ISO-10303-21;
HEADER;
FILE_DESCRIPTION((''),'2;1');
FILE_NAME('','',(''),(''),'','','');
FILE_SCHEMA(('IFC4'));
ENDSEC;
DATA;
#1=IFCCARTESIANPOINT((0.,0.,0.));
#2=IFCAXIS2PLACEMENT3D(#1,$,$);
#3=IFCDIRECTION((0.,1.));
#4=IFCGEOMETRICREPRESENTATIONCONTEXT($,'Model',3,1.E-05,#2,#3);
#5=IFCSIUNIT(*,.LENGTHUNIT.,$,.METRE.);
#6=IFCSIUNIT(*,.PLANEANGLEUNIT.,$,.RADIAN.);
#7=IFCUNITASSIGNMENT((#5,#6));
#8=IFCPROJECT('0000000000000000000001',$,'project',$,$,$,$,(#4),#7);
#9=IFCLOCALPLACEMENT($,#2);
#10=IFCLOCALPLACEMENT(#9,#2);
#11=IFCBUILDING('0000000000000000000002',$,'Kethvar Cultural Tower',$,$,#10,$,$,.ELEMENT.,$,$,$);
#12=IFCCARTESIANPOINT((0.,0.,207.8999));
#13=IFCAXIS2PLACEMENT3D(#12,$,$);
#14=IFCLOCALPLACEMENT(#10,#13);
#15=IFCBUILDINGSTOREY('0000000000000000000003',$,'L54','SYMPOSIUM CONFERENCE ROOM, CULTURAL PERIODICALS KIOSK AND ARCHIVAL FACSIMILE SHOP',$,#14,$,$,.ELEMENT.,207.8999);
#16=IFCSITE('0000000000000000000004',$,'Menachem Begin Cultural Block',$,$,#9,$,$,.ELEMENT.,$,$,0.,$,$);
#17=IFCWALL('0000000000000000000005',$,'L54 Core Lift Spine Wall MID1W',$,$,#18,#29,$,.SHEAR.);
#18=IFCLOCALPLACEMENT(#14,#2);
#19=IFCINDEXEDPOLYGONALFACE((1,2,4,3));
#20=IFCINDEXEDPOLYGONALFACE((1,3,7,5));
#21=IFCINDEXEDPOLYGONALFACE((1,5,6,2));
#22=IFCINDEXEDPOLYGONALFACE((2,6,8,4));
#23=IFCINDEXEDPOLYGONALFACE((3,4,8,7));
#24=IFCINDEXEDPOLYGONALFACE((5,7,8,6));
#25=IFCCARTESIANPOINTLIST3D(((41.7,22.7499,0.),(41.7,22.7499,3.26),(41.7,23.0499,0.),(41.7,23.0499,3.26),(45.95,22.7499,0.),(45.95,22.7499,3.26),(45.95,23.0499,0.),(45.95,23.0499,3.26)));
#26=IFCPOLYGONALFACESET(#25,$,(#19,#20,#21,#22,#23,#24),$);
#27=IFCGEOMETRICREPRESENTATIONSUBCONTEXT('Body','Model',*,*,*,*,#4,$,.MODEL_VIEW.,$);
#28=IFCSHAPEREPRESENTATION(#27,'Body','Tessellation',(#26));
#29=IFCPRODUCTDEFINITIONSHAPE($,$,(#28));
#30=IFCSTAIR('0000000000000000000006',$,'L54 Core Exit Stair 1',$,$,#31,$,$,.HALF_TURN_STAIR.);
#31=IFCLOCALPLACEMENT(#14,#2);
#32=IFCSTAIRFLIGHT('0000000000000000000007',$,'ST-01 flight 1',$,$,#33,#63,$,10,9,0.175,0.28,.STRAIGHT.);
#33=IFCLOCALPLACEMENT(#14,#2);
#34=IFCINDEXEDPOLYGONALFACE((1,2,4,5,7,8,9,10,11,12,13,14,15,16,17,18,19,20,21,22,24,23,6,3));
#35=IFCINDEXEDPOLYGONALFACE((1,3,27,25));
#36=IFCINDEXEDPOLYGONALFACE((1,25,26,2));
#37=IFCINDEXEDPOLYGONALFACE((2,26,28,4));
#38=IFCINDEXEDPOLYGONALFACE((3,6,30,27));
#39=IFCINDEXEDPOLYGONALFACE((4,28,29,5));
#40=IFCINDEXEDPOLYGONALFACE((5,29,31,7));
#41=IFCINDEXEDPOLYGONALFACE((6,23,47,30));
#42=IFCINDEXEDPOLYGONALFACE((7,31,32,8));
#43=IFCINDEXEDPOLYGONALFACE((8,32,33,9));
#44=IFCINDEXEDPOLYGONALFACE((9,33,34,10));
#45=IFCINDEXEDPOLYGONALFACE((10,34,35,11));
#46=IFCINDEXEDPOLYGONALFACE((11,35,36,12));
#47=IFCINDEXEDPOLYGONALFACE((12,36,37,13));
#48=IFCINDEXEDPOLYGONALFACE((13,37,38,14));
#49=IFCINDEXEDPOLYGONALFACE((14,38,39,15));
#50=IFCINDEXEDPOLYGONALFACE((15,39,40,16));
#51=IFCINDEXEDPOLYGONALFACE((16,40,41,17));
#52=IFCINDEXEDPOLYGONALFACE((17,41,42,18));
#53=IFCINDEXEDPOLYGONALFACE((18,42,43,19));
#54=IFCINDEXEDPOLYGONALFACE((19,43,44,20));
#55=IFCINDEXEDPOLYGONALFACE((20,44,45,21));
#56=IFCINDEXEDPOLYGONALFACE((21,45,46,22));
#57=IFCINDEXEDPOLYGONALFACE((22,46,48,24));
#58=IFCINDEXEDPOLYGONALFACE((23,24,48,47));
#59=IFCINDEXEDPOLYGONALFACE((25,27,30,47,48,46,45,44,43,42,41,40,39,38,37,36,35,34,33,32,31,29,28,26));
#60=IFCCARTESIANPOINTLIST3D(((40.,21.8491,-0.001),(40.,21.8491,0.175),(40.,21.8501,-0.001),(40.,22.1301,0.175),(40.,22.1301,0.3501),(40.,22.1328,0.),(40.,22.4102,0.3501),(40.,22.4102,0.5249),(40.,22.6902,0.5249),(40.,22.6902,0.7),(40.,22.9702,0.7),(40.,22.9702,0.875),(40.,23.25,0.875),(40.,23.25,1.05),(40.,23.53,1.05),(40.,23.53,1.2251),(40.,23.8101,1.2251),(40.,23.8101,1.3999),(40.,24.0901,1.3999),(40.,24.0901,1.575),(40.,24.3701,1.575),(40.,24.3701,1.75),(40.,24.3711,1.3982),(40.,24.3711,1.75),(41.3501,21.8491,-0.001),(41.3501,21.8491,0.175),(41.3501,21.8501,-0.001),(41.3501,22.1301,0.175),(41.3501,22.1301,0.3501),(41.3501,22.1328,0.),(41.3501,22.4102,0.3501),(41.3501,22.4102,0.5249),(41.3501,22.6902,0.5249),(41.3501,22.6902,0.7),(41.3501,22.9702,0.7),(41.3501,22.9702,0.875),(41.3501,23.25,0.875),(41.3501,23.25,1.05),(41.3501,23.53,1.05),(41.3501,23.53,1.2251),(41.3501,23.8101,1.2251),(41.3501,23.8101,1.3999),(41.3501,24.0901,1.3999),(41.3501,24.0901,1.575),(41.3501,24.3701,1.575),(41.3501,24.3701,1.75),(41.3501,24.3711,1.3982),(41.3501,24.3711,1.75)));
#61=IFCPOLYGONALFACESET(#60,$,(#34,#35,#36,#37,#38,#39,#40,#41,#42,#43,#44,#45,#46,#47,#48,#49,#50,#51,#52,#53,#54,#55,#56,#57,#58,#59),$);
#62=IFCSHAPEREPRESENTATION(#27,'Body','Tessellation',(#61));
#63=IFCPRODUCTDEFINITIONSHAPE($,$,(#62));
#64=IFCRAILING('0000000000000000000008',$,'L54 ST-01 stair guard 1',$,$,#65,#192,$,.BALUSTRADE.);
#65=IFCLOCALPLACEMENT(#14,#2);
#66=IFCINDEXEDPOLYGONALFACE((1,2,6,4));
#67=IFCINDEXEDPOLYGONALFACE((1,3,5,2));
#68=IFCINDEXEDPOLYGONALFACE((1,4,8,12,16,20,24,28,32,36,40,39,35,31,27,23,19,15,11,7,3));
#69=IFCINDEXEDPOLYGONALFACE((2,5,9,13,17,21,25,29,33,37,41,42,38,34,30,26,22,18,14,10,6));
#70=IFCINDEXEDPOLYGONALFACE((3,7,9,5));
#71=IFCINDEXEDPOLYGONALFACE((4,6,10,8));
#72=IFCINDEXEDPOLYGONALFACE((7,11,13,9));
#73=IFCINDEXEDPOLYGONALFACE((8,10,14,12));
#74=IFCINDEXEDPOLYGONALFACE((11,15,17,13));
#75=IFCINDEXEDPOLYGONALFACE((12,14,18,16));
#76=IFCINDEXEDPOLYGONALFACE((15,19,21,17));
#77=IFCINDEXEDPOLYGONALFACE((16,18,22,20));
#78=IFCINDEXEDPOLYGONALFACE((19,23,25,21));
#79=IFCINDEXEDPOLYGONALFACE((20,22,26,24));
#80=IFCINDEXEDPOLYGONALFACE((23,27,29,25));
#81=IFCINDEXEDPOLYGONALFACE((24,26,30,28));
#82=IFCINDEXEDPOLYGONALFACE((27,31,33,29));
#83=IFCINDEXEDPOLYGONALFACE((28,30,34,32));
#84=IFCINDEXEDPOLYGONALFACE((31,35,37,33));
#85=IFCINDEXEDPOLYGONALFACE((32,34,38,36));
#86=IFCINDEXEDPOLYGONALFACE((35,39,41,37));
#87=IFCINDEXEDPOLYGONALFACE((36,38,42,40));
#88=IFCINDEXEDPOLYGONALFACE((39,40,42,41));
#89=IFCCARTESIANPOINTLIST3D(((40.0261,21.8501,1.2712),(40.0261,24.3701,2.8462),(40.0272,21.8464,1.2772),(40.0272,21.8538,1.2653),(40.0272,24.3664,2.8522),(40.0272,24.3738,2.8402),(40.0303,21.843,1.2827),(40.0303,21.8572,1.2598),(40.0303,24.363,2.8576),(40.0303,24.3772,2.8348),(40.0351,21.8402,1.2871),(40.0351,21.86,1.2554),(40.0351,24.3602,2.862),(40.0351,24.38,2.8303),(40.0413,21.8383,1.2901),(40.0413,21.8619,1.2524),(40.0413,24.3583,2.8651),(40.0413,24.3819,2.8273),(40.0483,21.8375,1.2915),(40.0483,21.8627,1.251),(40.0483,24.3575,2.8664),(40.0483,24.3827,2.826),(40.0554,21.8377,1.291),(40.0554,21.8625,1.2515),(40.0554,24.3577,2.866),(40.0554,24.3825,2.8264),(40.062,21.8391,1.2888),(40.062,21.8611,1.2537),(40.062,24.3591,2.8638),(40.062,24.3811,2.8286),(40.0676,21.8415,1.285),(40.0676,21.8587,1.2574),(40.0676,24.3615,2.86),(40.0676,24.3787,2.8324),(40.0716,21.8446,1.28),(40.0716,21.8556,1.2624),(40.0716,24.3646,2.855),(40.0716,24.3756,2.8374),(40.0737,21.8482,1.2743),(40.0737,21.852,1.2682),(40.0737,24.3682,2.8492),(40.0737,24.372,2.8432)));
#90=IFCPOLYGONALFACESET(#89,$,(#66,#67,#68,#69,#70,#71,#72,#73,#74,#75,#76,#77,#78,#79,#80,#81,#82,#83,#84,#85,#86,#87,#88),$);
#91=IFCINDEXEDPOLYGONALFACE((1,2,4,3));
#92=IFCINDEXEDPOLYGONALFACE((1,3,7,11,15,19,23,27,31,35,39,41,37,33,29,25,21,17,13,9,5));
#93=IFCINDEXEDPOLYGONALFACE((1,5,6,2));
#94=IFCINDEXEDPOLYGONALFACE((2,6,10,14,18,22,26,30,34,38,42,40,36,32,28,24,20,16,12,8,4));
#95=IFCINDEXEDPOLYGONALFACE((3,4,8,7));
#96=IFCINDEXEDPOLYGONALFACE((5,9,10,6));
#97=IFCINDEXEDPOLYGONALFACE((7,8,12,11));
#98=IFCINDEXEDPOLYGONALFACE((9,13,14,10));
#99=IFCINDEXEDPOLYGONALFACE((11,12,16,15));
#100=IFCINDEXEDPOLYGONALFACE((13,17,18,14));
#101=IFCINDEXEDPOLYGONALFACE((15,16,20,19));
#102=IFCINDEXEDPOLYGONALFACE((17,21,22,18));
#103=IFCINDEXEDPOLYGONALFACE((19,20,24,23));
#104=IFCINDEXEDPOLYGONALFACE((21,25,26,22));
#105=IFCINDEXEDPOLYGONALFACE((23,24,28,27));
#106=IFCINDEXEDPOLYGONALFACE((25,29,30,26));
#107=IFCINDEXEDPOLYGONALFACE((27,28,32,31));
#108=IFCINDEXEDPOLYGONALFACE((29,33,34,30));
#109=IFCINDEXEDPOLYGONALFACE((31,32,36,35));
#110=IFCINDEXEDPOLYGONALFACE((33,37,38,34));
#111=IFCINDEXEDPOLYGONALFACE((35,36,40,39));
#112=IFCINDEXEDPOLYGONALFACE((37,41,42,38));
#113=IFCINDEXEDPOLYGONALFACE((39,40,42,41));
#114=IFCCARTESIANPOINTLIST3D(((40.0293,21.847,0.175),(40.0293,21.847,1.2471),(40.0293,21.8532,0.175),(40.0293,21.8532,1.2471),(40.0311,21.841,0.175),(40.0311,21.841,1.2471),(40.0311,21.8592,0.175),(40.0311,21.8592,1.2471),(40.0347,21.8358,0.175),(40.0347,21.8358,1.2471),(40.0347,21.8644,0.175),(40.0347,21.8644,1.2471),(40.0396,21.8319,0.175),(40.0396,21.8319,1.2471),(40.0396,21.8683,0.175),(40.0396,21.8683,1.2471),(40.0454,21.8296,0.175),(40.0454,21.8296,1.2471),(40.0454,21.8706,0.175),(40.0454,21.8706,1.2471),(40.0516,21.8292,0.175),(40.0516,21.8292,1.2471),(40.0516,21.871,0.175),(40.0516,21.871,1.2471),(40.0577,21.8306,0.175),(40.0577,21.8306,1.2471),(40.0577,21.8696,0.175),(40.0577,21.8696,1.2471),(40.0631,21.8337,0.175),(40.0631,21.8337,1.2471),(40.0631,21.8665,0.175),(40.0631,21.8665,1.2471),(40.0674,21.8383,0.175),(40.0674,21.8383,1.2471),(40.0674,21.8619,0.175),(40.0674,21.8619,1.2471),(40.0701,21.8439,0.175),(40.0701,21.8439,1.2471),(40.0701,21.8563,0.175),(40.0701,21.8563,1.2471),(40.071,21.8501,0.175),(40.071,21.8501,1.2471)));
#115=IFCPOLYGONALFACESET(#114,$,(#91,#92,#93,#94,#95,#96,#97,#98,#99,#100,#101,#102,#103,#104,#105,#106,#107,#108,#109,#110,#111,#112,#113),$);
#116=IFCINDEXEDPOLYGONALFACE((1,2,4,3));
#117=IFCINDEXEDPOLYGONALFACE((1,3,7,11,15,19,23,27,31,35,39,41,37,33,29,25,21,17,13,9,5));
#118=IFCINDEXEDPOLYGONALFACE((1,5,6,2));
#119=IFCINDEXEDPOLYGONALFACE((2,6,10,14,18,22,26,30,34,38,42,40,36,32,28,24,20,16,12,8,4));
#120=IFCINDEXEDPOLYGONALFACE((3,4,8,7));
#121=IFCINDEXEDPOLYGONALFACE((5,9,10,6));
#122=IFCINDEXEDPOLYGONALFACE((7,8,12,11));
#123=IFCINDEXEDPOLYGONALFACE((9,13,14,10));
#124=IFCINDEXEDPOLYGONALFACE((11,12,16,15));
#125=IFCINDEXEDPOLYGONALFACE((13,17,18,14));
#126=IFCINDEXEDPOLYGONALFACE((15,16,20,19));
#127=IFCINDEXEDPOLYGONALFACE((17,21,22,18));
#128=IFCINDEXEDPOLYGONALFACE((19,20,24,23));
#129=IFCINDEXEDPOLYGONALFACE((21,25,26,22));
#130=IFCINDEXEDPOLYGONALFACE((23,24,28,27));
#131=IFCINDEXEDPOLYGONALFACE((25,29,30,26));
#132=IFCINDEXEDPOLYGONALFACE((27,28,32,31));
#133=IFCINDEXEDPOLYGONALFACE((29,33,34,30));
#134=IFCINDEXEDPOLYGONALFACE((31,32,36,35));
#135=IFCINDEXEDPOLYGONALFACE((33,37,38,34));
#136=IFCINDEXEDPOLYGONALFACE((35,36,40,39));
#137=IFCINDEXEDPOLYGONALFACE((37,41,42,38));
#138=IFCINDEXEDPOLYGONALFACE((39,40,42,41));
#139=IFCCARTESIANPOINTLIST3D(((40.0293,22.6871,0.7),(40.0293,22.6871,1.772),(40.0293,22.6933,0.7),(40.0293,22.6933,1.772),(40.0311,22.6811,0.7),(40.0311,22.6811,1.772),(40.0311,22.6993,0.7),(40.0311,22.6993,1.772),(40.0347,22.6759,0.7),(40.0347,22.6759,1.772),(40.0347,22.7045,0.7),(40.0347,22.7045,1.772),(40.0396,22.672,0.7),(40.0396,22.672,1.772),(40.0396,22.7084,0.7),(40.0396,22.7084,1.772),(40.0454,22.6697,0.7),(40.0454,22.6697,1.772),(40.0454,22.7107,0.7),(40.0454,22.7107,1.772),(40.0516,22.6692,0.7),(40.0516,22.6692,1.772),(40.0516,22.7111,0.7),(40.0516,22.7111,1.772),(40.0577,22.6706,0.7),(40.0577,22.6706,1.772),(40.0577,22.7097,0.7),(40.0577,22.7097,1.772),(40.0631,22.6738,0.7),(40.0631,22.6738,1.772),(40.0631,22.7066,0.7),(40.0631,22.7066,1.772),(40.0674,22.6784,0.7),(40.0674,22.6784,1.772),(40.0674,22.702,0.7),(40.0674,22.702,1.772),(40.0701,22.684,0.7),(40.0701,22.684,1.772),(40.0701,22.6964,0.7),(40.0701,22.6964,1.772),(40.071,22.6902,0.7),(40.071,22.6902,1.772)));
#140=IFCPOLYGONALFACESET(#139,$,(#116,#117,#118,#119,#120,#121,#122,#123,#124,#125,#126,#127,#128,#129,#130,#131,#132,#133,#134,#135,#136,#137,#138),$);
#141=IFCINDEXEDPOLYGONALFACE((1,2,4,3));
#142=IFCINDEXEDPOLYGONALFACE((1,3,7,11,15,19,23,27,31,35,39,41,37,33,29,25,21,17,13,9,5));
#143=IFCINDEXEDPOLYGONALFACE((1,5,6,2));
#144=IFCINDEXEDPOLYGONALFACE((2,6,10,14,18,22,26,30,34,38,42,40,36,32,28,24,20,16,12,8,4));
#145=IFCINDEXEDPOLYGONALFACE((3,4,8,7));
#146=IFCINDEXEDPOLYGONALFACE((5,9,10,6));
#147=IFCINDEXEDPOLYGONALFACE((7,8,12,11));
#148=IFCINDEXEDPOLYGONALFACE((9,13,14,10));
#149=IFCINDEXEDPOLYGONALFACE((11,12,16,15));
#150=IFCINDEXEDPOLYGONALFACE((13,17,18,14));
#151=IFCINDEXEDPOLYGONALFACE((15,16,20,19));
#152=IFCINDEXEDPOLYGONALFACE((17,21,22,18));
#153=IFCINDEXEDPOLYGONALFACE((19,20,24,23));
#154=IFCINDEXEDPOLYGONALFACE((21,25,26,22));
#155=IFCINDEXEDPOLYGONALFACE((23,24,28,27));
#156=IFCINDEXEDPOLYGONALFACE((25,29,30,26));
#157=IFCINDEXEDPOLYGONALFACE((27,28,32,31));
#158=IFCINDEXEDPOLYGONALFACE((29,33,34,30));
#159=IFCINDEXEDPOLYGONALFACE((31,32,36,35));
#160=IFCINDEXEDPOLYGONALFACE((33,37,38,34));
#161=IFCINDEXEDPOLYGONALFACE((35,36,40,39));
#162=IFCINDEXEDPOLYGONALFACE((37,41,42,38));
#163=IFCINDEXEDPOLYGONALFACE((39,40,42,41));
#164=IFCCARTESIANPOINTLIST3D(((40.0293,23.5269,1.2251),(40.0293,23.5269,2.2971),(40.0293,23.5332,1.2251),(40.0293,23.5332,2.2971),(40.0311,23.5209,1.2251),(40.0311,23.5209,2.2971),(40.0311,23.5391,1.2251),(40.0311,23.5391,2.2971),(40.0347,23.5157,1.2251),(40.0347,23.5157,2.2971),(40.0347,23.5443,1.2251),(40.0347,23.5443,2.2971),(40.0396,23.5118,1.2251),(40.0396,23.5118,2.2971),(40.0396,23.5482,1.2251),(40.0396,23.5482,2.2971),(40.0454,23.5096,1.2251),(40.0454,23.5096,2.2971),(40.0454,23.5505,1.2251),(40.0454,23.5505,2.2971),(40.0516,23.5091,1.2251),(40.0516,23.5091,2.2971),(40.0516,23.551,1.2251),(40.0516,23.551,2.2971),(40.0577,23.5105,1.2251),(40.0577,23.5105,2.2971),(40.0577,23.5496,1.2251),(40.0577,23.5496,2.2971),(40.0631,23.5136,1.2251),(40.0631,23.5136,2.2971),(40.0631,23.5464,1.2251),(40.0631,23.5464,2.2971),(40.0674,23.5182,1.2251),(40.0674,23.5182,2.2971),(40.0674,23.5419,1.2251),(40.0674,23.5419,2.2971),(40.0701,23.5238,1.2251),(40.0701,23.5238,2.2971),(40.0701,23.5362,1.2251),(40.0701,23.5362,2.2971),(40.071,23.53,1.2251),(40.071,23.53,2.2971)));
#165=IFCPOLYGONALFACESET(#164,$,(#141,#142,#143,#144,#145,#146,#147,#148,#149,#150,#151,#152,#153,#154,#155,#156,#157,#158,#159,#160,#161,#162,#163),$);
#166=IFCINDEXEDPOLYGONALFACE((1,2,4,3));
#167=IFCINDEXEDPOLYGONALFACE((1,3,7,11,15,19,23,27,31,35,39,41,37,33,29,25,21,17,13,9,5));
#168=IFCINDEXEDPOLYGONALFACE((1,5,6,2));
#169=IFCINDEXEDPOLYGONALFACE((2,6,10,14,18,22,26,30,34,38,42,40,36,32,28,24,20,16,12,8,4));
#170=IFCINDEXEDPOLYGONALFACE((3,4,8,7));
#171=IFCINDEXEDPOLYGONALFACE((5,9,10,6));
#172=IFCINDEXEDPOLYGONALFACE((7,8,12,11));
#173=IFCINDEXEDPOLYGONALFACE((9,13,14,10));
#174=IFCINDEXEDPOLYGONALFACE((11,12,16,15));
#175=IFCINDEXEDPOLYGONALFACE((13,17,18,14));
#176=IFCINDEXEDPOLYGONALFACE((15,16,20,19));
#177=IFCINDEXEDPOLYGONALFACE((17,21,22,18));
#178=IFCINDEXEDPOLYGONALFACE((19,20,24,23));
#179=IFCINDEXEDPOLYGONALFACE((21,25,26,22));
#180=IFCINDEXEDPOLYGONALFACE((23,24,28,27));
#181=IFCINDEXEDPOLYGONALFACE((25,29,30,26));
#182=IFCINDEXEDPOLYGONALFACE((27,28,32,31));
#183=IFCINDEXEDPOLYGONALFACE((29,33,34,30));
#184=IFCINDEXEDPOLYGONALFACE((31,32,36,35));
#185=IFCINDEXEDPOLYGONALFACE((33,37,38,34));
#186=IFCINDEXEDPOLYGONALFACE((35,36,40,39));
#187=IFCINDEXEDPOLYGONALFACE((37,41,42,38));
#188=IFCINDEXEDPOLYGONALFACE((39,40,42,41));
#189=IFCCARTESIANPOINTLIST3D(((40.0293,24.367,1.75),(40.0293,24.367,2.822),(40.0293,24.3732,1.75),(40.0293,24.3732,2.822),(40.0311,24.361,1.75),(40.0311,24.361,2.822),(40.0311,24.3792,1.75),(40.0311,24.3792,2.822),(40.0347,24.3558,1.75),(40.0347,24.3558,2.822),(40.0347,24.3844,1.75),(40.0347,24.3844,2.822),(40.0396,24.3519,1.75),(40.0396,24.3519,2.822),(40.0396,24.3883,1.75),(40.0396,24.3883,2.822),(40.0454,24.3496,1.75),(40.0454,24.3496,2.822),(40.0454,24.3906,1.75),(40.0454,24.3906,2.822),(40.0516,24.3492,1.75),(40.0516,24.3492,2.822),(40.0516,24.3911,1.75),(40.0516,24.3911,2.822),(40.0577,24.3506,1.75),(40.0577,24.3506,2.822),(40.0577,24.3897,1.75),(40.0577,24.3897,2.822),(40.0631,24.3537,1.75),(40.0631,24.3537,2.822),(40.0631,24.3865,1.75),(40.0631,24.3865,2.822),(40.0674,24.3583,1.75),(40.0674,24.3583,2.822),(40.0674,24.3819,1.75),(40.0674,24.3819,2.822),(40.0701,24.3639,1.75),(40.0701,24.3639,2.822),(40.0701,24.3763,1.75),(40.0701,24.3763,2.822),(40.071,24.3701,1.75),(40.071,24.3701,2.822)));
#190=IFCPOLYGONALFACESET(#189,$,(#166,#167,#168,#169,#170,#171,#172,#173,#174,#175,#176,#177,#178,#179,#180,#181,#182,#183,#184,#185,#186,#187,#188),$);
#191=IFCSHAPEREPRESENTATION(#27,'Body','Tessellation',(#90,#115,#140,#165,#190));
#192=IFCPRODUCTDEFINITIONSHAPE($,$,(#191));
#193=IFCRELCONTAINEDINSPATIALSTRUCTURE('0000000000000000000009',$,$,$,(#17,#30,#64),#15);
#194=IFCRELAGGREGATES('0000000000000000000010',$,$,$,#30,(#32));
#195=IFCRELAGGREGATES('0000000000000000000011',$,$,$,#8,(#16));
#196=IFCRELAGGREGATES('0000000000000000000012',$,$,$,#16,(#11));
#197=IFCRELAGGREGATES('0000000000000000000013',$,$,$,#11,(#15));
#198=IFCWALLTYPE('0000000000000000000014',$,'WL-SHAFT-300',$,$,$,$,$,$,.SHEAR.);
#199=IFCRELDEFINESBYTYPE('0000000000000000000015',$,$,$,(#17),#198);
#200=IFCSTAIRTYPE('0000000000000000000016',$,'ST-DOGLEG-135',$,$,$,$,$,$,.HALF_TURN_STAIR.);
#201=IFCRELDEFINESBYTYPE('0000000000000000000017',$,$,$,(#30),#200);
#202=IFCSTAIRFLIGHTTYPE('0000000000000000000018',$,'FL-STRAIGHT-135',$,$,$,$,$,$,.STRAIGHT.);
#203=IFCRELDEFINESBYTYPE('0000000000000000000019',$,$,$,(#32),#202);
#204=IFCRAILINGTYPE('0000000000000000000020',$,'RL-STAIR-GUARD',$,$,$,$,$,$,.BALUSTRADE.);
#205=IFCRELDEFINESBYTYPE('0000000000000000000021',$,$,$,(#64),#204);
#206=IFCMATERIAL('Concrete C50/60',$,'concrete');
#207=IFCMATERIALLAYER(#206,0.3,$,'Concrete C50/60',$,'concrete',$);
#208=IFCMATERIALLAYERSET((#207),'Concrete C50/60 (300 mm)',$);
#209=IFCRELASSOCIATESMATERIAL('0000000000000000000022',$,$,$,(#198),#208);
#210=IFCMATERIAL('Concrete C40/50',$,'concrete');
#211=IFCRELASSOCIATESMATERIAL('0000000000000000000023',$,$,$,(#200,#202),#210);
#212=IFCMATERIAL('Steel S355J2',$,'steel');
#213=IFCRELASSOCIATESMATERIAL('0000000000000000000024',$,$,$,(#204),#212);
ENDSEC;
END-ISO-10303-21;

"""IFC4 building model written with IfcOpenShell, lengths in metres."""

from ifc_helpers import new_model, si_unit, direction, frame, frame_2d, origin, origin_2d, place, context, subcontext, project, spatial, polyline, rectangle, circle, outline, extrude, material, layer, layer_set, type_object, element, aggregate, save


model = new_model("IFC4")

# Units and contexts
model_context = context("Model", 3, precision=1e-05, world=origin(), true_north=direction((0.0, 1.0)))
body_context = subcontext(model_context, "Body", "Model", "MODEL_VIEW")
ifc_project = project(units=[si_unit("LENGTHUNIT", "METRE"), si_unit("PLANEANGLEUNIT", "RADIAN")], contexts=[model_context])

# Site, building, storey
site_placement = place(None, origin())
site = spatial("IfcSite", under=ifc_project, at=site_placement, Name="Menachem Begin Cultural Block", CompositionType="ELEMENT", RefElevation=0.0)
building_placement = place(site_placement, origin())
building = spatial("IfcBuilding", under=site, at=building_placement, Name="Kethvar Cultural Tower", CompositionType="ELEMENT")
storey_placement = place(building_placement, frame((0.0, 0.0, 207.8999)))
storey = spatial("IfcBuildingStorey", under=building, at=storey_placement, Name="L54", Description="SYMPOSIUM CONFERENCE ROOM, CULTURAL PERIODICALS KIOSK AND ARCHIVAL FACSIMILE SHOP", CompositionType="ELEMENT", Elevation=207.8999)

# Shared definitions
ifc_material_1 = material(Name="Steel S355J2", Category="steel")

# Wall
ifc_material_2 = material(Name="Concrete C50/60", Category="concrete")
ifc_layer_1 = layer(ifc_material_2, 0.3, Name="Concrete C50/60", Category="concrete")
ifc_layer_set_1 = layer_set([ifc_layer_1], Name="Concrete C50/60 (300 mm)")
wall_type_1 = type_object("IfcWallType", Name="WL-SHAFT-300", PredefinedType="SHEAR", material=ifc_layer_set_1)
wall_1_placement = place(storey_placement, frame((41.7, 22.8999, 0.0), z_axis=(0.0, 0.0, 1.0), x_axis=(1.0, 0.0, 0.0)))
element("IfcWall", 1, at=wall_1_placement, inside=storey, type_object=wall_type_1, Name="L54 Core Lift Spine Wall MID1W", PredefinedType="SHEAR", context=body_context, shape_type="SweptSolid", body=[
    extrude(rectangle(XDim=4.25, YDim=0.3, at=frame_2d((2.125, 0.0))), origin(), (0.0, 0.0, 1.0), 3.26),
])

# Stair, stair flight
ifc_material_3 = material(Name="Concrete C40/50", Category="concrete")
stair_type = type_object("IfcStairType", Name="ST-DOGLEG-135", PredefinedType="HALF_TURN_STAIR", material=ifc_material_3)
stair_placement = place(storey_placement, origin())
stair = element("IfcStair", 2, at=stair_placement, inside=storey, type_object=stair_type, Name="L54 Core Exit Stair 1", PredefinedType="HALF_TURN_STAIR")
stair_flight_type = type_object("IfcStairFlightType", Name="FL-STRAIGHT-135", PredefinedType="STRAIGHT", material=ifc_material_3)
stair_flight_placement = place(storey_placement, frame((40.675, 21.8501, 0.0), z_axis=(0.0, 0.0, 1.0), x_axis=(0.0, 1.0, 0.0)))
stair_flight = element("IfcStairFlight", 3, at=stair_flight_placement, type_object=stair_flight_type, Name="ST-01 flight 1", NumberOfRisers=10, NumberOfTreads=9, PredefinedType="STRAIGHT", RiserHeight=0.175, TreadLength=0.28, context=body_context, shape_type="SweptSolid", body=[
    extrude(outline(polyline([(-0.001, -0.001), (-0.001, 0.175), (0.28, 0.175), (0.28, 0.3501), (0.5601, 0.3501), (0.5601, 0.5249), (0.8401, 0.5249), (0.8401, 0.7), (1.1201, 0.7), (1.1201, 0.875), (1.3999, 0.875), (1.3999, 1.05), (1.6799, 1.05), (1.6799, 1.2251), (1.96, 1.2251), (1.96, 1.3999), (2.24, 1.3999), (2.24, 1.575), (2.52, 1.575), (2.52, 1.75), (2.521, 1.75), (2.521, 1.3982), (0.2827, 0.0), (0.0, -0.001), (-0.001, -0.001)])), frame((0.0, 0.675, 0.0), z_axis=(0.0, -1.0, 0.0), x_axis=(1.0, 0.0, 0.0)), (0.0, 0.0, 1.0), 1.3501),
])
aggregate(stair, [stair_flight])

# Railing
railing_type_1 = type_object("IfcRailingType", Name="RL-STAIR-GUARD", PredefinedType="BALUSTRADE", material=ifc_material_1)
railing_1_placement = place(storey_placement, frame((40.05, 21.8501, 0.175)))
element("IfcRailing", 4, at=railing_1_placement, inside=storey, type_object=railing_type_1, Name="L54 ST-01 stair guard 1", PredefinedType="BALUSTRADE", context=body_context, shape_type="SweptSolid", body=[
    extrude(circle(Radius=0.0239, at=origin_2d()), frame((0.0, 0.0, 1.0962), z_axis=(0.0, 0.848008, 0.529984), x_axis=(-1.0, 0.0, 0.0)), (0.0, 0.0, 1.0), 2.9717),
    extrude(circle(Radius=0.021, at=origin_2d()), origin(), (0.0, 0.0, 1.0), 1.072),
    extrude(circle(Radius=0.021, at=origin_2d()), frame((0.0, 0.8401, 0.5249)), (0.0, 0.0, 1.0), 1.072),
    extrude(circle(Radius=0.021, at=origin_2d()), frame((0.0, 1.6799, 1.05)), (0.0, 0.0, 1.0), 1.072),
    extrude(circle(Radius=0.021, at=origin_2d()), frame((0.0, 2.52, 1.575)), (0.0, 0.0, 1.0), 1.072),
])

save(model, "model.ifc")
